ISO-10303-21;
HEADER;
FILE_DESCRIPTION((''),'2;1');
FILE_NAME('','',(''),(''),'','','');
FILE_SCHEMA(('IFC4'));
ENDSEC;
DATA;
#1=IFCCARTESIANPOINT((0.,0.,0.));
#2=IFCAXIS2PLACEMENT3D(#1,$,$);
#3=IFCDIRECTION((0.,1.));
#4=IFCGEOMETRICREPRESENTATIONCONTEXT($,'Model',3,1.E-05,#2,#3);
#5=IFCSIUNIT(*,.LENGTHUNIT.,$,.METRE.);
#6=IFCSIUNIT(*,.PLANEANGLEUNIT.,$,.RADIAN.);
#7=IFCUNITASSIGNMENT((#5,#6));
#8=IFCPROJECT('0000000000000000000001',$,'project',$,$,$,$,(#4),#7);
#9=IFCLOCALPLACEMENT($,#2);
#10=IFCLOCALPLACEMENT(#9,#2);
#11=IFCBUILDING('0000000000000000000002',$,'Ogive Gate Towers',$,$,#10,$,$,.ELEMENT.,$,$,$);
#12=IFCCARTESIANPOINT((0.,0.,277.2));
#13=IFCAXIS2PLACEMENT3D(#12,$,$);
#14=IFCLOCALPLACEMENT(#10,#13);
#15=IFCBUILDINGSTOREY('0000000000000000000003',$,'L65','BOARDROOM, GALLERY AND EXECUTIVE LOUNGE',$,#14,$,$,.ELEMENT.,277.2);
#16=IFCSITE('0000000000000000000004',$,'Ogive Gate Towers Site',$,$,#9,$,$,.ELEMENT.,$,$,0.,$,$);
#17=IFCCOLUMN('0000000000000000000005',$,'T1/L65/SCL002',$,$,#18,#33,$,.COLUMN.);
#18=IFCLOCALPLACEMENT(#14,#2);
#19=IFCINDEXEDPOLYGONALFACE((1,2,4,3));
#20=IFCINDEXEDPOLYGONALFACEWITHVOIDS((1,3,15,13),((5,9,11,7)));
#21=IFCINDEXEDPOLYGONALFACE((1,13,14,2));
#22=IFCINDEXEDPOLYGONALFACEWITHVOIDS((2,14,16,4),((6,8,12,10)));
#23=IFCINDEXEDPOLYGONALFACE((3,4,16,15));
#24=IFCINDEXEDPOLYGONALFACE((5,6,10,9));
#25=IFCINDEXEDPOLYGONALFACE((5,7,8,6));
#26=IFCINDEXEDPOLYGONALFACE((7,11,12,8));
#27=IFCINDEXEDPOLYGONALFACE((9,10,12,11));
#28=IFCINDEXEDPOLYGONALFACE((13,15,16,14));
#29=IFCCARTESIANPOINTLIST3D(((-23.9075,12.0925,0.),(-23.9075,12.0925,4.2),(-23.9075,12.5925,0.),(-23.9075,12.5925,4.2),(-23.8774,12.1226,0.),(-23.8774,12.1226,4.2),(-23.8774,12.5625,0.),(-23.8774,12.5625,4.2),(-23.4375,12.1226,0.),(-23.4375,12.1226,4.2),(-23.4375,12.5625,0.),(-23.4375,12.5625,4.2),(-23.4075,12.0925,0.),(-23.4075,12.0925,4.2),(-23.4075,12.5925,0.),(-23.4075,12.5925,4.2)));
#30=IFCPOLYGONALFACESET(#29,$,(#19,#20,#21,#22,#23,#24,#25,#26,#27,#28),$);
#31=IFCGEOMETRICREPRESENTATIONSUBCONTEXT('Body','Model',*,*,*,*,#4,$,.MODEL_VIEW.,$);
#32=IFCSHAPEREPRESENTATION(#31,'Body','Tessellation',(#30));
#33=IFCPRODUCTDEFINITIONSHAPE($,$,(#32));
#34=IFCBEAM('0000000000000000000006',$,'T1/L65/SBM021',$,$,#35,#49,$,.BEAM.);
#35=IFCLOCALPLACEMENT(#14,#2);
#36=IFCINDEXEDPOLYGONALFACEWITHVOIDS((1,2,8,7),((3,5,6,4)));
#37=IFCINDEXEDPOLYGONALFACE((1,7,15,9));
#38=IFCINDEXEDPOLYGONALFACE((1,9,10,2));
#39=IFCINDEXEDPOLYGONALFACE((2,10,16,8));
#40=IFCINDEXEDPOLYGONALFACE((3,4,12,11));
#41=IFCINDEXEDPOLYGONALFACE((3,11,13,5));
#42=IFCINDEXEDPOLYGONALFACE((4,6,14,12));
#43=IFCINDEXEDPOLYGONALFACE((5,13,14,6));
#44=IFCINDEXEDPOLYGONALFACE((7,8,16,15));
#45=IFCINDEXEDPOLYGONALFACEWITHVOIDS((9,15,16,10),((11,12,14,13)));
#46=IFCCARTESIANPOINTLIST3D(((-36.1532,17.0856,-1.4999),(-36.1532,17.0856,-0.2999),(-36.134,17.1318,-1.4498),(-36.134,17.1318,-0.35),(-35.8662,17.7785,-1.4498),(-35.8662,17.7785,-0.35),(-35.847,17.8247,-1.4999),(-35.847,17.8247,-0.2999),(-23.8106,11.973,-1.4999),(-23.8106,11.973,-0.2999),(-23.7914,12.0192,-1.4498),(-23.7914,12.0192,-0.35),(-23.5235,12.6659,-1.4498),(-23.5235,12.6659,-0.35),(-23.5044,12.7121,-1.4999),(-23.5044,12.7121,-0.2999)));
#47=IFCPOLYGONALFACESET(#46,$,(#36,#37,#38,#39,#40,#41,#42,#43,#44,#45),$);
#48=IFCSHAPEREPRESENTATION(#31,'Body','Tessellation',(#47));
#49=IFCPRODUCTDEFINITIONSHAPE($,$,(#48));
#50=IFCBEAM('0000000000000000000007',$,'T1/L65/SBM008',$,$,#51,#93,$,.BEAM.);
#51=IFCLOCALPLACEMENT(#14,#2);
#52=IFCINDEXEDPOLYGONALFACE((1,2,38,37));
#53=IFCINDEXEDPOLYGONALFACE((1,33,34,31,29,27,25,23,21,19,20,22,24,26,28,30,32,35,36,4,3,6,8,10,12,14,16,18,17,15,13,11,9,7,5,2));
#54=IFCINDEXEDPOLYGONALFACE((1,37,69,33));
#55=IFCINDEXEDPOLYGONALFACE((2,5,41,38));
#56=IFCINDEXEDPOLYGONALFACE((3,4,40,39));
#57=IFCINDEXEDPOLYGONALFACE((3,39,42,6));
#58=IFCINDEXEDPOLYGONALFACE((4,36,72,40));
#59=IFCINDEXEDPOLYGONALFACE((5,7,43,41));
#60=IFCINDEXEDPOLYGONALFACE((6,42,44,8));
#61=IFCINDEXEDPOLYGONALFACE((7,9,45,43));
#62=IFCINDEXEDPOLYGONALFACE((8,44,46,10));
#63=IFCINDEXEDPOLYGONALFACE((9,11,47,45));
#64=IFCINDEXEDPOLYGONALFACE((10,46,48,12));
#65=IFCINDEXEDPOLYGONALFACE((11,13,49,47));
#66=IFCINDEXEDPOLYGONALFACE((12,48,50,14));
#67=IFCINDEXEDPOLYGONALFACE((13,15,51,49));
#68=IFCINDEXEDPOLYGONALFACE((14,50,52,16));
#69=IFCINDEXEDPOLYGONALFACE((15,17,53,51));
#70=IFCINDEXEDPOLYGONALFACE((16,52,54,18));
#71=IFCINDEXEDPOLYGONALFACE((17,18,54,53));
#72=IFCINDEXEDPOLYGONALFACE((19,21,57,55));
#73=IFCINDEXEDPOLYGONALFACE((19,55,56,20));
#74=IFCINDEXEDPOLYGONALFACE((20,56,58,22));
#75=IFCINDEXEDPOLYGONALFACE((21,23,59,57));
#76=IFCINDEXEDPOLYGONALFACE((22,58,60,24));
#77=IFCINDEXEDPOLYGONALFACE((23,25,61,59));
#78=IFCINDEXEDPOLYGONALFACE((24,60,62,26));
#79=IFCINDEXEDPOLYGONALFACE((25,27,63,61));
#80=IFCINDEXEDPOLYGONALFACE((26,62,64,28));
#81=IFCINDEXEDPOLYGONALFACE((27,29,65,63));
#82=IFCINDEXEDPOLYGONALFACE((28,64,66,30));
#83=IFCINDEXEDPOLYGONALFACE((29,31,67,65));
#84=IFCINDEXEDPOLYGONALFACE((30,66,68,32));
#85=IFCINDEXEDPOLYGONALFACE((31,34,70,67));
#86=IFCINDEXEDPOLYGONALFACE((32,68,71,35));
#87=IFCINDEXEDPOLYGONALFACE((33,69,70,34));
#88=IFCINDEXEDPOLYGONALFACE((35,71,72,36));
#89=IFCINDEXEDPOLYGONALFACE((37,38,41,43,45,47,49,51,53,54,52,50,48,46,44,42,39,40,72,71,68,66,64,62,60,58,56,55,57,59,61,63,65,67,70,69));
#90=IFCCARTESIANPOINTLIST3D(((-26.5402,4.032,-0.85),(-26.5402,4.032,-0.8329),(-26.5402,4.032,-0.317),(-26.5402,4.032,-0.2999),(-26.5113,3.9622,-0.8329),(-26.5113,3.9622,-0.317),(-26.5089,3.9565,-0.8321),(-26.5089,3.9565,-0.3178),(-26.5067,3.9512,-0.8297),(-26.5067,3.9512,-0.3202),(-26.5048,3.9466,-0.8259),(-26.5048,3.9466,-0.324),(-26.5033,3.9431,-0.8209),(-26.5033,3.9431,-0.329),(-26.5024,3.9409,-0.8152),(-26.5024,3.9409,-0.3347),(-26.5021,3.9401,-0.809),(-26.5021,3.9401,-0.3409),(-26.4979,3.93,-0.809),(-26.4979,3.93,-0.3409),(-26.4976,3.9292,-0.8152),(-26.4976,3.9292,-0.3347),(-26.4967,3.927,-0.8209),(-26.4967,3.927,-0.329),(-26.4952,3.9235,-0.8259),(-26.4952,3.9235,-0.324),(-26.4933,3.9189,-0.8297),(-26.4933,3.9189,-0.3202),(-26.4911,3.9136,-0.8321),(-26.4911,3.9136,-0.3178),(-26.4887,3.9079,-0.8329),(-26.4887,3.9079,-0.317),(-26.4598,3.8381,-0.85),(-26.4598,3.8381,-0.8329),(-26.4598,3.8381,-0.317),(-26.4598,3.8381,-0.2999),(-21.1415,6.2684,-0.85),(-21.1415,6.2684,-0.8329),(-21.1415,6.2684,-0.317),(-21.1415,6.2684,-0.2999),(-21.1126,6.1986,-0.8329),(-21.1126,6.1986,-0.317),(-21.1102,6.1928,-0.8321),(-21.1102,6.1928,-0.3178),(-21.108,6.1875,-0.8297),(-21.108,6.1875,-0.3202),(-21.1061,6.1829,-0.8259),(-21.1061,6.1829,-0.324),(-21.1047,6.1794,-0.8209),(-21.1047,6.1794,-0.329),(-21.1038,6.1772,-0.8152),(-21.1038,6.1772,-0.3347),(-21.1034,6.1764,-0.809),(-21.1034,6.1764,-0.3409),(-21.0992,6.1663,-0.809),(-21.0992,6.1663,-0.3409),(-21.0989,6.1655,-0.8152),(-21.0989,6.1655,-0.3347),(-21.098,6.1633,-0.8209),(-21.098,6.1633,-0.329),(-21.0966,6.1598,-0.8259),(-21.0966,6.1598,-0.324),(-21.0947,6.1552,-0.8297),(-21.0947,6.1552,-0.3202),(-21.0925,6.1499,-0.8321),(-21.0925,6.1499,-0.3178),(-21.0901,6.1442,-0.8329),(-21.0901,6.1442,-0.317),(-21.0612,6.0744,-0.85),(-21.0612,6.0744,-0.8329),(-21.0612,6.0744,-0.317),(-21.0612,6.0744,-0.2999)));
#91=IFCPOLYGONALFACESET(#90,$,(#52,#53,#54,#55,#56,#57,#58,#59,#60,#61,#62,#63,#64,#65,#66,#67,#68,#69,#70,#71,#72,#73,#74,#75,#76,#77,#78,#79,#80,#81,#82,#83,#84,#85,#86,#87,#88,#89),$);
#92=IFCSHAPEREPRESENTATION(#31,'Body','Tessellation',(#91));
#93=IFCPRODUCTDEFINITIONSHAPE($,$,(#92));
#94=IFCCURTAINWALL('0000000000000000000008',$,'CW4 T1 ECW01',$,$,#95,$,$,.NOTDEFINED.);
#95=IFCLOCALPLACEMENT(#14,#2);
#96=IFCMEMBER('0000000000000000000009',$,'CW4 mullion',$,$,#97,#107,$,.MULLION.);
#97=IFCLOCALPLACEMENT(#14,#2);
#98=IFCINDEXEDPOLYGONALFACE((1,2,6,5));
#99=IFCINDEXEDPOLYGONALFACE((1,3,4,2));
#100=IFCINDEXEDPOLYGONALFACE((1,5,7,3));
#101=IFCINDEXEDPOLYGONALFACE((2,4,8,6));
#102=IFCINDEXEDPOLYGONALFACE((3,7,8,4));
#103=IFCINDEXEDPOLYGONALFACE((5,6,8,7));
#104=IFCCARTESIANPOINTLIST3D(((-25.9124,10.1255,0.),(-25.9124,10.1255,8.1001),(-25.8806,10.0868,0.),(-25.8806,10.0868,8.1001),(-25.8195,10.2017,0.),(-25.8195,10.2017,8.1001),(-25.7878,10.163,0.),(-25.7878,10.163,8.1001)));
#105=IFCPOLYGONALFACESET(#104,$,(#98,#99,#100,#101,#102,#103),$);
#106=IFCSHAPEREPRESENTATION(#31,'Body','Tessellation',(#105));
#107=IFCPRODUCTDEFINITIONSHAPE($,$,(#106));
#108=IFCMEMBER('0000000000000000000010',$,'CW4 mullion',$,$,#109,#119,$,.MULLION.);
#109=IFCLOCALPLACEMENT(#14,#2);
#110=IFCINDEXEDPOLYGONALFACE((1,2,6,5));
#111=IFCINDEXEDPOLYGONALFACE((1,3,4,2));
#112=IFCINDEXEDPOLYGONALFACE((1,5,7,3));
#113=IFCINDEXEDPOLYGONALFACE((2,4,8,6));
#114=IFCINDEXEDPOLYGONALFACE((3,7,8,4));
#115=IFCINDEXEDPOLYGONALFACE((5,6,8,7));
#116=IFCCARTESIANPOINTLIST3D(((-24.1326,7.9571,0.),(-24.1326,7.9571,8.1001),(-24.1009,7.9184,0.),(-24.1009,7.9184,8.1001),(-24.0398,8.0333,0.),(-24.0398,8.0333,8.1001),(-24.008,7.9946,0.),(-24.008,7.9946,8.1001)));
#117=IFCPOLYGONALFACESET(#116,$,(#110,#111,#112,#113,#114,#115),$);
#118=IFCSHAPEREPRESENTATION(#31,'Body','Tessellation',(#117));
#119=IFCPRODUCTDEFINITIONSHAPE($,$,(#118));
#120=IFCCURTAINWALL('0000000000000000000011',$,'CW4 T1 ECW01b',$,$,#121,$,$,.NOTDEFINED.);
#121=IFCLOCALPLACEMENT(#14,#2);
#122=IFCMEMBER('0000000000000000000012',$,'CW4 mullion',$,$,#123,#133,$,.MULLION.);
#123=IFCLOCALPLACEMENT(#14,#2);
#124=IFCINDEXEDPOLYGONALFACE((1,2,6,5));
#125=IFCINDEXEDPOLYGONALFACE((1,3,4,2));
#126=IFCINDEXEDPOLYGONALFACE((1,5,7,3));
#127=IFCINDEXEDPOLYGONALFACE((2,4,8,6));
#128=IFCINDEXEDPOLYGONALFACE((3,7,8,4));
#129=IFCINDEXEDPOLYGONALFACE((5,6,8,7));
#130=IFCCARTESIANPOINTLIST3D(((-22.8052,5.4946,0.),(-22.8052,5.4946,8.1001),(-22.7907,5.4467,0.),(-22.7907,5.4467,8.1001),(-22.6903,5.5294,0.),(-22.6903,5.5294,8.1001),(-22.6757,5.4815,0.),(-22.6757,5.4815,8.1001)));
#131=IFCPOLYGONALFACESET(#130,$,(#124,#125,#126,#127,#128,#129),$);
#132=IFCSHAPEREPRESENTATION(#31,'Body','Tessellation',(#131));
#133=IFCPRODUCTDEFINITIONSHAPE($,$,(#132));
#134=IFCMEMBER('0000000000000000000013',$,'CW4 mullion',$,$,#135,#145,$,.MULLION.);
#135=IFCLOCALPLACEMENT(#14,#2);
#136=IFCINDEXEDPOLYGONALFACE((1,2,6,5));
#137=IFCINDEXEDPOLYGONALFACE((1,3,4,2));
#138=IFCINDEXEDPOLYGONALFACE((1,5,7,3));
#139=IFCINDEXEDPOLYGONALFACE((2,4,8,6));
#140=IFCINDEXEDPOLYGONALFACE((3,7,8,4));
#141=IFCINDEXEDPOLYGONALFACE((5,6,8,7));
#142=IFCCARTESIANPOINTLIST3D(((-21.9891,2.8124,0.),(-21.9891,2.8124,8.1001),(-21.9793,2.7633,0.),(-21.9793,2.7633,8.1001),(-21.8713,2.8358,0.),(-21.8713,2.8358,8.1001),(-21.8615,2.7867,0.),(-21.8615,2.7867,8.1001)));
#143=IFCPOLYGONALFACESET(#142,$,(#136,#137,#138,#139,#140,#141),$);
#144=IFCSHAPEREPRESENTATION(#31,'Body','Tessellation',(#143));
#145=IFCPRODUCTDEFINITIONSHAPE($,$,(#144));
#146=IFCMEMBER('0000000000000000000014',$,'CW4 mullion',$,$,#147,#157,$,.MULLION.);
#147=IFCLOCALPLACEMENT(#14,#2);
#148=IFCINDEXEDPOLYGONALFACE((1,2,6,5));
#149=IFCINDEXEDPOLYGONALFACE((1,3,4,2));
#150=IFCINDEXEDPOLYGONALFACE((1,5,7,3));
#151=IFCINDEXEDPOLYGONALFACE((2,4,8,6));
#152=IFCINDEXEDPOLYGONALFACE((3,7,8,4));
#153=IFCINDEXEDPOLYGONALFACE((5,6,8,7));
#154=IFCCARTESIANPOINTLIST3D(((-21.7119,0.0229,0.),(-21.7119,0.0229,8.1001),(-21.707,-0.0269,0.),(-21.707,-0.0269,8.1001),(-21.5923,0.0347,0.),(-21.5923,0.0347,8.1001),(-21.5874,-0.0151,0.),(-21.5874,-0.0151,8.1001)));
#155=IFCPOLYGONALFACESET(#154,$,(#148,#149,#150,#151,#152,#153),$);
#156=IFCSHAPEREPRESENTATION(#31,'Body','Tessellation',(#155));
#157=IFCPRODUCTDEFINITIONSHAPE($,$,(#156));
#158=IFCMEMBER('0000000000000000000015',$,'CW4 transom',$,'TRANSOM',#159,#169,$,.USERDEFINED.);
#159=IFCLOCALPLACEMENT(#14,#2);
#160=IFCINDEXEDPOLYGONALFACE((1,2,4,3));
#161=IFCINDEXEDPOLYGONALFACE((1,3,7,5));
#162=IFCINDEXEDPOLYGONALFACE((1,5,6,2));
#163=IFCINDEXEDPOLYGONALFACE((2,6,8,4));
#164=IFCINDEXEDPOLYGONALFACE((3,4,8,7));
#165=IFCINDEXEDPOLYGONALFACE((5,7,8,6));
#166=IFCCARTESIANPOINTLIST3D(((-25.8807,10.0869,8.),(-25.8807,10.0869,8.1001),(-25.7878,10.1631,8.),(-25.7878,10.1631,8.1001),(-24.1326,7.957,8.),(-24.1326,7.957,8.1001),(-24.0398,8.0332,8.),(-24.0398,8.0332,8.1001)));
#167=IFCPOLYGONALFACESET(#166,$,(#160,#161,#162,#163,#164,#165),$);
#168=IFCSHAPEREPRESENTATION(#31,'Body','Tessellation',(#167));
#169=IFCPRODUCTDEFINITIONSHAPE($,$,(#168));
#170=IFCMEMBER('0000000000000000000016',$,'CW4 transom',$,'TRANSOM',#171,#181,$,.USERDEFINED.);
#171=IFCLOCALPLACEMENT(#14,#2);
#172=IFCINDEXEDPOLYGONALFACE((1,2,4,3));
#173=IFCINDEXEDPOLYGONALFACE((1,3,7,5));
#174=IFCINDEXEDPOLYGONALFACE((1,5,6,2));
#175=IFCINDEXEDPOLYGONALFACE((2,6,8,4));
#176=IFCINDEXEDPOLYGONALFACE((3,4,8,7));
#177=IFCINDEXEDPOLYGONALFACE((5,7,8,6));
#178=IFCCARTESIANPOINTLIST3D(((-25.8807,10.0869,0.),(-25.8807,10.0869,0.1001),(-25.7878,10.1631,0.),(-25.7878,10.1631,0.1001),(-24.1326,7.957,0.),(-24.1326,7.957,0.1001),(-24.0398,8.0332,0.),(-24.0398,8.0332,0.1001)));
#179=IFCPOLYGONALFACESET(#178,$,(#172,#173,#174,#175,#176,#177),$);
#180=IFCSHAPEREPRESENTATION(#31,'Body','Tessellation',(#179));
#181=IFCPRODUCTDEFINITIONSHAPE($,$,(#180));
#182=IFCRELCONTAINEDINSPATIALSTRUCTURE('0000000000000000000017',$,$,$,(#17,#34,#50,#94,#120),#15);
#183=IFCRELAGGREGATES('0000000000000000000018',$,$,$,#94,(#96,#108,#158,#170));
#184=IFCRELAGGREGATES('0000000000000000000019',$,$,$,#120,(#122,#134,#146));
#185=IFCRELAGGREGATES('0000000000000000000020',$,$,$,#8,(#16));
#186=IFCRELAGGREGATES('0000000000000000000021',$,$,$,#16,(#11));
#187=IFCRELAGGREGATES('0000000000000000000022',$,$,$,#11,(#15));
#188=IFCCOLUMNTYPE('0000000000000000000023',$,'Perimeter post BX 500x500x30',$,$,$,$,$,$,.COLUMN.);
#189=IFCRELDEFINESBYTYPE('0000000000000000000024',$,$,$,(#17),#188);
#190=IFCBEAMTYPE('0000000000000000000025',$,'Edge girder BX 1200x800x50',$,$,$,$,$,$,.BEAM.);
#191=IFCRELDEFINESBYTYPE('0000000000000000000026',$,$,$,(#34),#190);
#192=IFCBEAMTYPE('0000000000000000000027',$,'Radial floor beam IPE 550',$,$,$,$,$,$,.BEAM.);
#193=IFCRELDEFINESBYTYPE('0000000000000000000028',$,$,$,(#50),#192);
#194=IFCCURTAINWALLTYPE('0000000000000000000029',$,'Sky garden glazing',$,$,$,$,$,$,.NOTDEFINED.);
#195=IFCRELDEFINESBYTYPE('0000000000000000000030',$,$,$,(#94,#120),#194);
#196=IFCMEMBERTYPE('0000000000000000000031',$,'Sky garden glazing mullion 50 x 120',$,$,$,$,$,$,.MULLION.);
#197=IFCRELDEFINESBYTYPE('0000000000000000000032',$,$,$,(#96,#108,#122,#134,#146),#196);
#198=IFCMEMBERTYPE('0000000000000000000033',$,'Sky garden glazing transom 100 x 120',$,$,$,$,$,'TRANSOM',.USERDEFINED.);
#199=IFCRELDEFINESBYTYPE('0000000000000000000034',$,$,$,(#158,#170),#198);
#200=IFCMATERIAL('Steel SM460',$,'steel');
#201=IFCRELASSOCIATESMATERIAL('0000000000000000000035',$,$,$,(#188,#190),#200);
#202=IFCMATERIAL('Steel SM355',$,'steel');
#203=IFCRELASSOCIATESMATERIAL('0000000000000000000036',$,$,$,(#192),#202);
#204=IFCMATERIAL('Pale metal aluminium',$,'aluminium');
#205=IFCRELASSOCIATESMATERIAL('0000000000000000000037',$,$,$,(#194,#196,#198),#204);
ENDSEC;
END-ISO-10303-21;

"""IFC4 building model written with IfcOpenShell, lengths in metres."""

from ifc_helpers import new_model, si_unit, direction, frame, origin, origin_2d, place, context, subcontext, project, spatial, rectangle, hollow_rectangle, i_section, extrude, material, material_profile, profile_set, type_object, element, aggregate, save


model = new_model("IFC4")

# Units and contexts
model_context = context("Model", 3, precision=1e-05, world=origin(), true_north=direction((0.0, 1.0)))
body_context = subcontext(model_context, "Body", "Model", "MODEL_VIEW")
ifc_project = project(units=[si_unit("LENGTHUNIT", "METRE"), si_unit("PLANEANGLEUNIT", "RADIAN")], contexts=[model_context])

# Site, building, storey
site_placement = place(None, origin())
site = spatial("IfcSite", under=ifc_project, at=site_placement, Name="Ogive Gate Towers Site", CompositionType="ELEMENT", RefElevation=0.0)
building_placement = place(site_placement, origin())
building = spatial("IfcBuilding", under=site, at=building_placement, Name="Ogive Gate Towers", CompositionType="ELEMENT")
storey_placement = place(building_placement, frame((0.0, 0.0, 277.2)))
storey = spatial("IfcBuildingStorey", under=building, at=storey_placement, Name="L65", Description="BOARDROOM, GALLERY AND EXECUTIVE LOUNGE", CompositionType="ELEMENT", Elevation=277.2)

# Column
ifc_material_1 = material(Name="Steel SM460", Category="steel")
ifc_material_profile_1 = material_profile(ifc_material_1, hollow_rectangle(XDim=0.5, YDim=0.5, WallThickness=0.03, at=origin_2d()), Name="BX 500x500x30")
ifc_profile_set_1 = profile_set([ifc_material_profile_1], Name="Steel SM460")
column_type = type_object("IfcColumnType", Name="Perimeter post BX 500x500x30", PredefinedType="COLUMN", material=ifc_profile_set_1)
column_placement = place(storey_placement, frame((-23.6575, 12.3425, 0.0), z_axis=(0.0, 0.0, 1.0), x_axis=(1.0, 0.0, 0.0)))
element("IfcColumn", 1, at=column_placement, inside=storey, type_object=column_type, Name="T1/L65/SCL002", PredefinedType="COLUMN", context=body_context, shape_type="SweptSolid", body=[
    extrude(hollow_rectangle(XDim=0.5, YDim=0.5, WallThickness=0.03, at=origin_2d()), origin(), (0.0, 0.0, 1.0), 4.2),
])

# Beams
ifc_material_profile_2 = material_profile(ifc_material_1, hollow_rectangle(XDim=0.8, YDim=1.2, WallThickness=0.05, at=origin_2d()), Name="BX 1200x800x50")
ifc_profile_set_2 = profile_set([ifc_material_profile_2], Name="Steel SM460")
beam_type_1 = type_object("IfcBeamType", Name="Edge girder BX 1200x800x50", PredefinedType="BEAM", material=ifc_profile_set_2)
beam_1_placement = place(storey_placement, frame((-23.6575, 12.3425, -0.8999), z_axis=(-0.923877, 0.38269, 0.0), x_axis=(-0.38269, -0.923877, 0.0)))
element("IfcBeam", 2, at=beam_1_placement, inside=storey, type_object=beam_type_1, Name="T1/L65/SBM021", PredefinedType="BEAM", context=body_context, shape_type="SweptSolid", body=[
    extrude(hollow_rectangle(XDim=0.8, YDim=1.2, WallThickness=0.05, at=origin_2d()), origin(), (0.0, 0.0, 1.0), 13.3596),
])
ifc_material_2 = material(Name="Steel SM355", Category="steel")
ifc_material_profile_3 = material_profile(ifc_material_2, i_section(OverallWidth=0.21, OverallDepth=0.55, WebThickness=0.011, FlangeThickness=0.0171, FilletRadius=0.0239, at=origin_2d()), Name="IPE 550")
ifc_profile_set_3 = profile_set([ifc_material_profile_3], Name="Steel SM355")
beam_type_2 = type_object("IfcBeamType", Name="Radial floor beam IPE 550", PredefinedType="BEAM", material=ifc_profile_set_3)
beam_2_placement = place(storey_placement, frame((-26.5, 3.9351, -0.575), z_axis=(0.923872, 0.382701, 0.0), x_axis=(-0.382701, 0.923872, 0.0)))
element("IfcBeam", 3, at=beam_2_placement, inside=storey, type_object=beam_type_2, Name="T1/L65/SBM008", PredefinedType="BEAM", context=body_context, shape_type="SweptSolid", body=[
    extrude(i_section(OverallWidth=0.21, OverallDepth=0.55, WebThickness=0.011, FlangeThickness=0.0171, FilletRadius=0.0239, at=origin_2d()), origin(), (0.0, 0.0, 1.0), 5.8435),
])

# Curtain walls, members
ifc_material_3 = material(Name="Pale metal aluminium", Category="aluminium")
curtain_wall_type_1 = type_object("IfcCurtainWallType", Name="Sky garden glazing", PredefinedType="NOTDEFINED", material=ifc_material_3)
curtain_wall_1_placement = place(storey_placement, origin())
curtain_wall_1 = element("IfcCurtainWall", 4, at=curtain_wall_1_placement, inside=storey, type_object=curtain_wall_type_1, Name="CW4 T1 ECW01", PredefinedType="NOTDEFINED")
ifc_material_profile_4 = material_profile(ifc_material_3, rectangle(XDim=0.1201, YDim=0.05, at=origin_2d()), Name="50 x 120 aluminium box")
ifc_profile_set_4 = profile_set([ifc_material_profile_4], Name="Pale metal aluminium")
member_type_1 = type_object("IfcMemberType", Name="Sky garden glazing mullion 50 x 120", PredefinedType="MULLION", material=ifc_profile_set_4)
member_1_placement = place(storey_placement, frame((-25.8501, 10.1443, 0.0), z_axis=(0.0, 0.0, 1.0), x_axis=(-0.772999, -0.634407, 0.0)))
member_1 = element("IfcMember", 5, at=member_1_placement, type_object=member_type_1, Name="CW4 mullion", PredefinedType="MULLION", context=body_context, shape_type="SweptSolid", body=[
    extrude(rectangle(XDim=0.1201, YDim=0.05, at=origin_2d()), origin(), (0.0, 0.0, 1.0), 8.1001),
])
member_2_placement = place(storey_placement, frame((-24.0703, 7.9758, 0.0), z_axis=(0.0, 0.0, 1.0), x_axis=(-0.772999, -0.634407, 0.0)))
member_2 = element("IfcMember", 6, at=member_2_placement, type_object=member_type_1, Name="CW4 mullion", PredefinedType="MULLION", context=body_context, shape_type="SweptSolid", body=[
    extrude(rectangle(XDim=0.1201, YDim=0.05, at=origin_2d()), origin(), (0.0, 0.0, 1.0), 8.1001),
])
curtain_wall_2_placement = place(storey_placement, origin())
curtain_wall_2 = element("IfcCurtainWall", 7, at=curtain_wall_2_placement, inside=storey, type_object=curtain_wall_type_1, Name="CW4 T1 ECW01b", PredefinedType="NOTDEFINED")
member_3_placement = place(storey_placement, frame((-22.7405, 5.488, 0.0), z_axis=(0.0, 0.0, 1.0), x_axis=(-0.956945, -0.290268, 0.0)))
member_3 = element("IfcMember", 8, at=member_3_placement, type_object=member_type_1, Name="CW4 mullion", PredefinedType="MULLION", context=body_context, shape_type="SweptSolid", body=[
    extrude(rectangle(XDim=0.1201, YDim=0.05, at=origin_2d()), origin(), (0.0, 0.0, 1.0), 8.1001),
])
member_4_placement = place(storey_placement, frame((-21.9253, 2.7996, 0.0), z_axis=(0.0, 0.0, 1.0), x_axis=(-0.980785, -0.19509, 0.0)))
member_4 = element("IfcMember", 9, at=member_4_placement, type_object=member_type_1, Name="CW4 mullion", PredefinedType="MULLION", context=body_context, shape_type="SweptSolid", body=[
    extrude(rectangle(XDim=0.1201, YDim=0.05, at=origin_2d()), origin(), (0.0, 0.0, 1.0), 8.1001),
])
member_5_placement = place(storey_placement, frame((-21.6497, 0.0039, 0.0), z_axis=(0.0, 0.0, 1.0), x_axis=(-0.995183, -0.098035, 0.0)))
member_5 = element("IfcMember", 10, at=member_5_placement, type_object=member_type_1, Name="CW4 mullion", PredefinedType="MULLION", context=body_context, shape_type="SweptSolid", body=[
    extrude(rectangle(XDim=0.1201, YDim=0.05, at=origin_2d()), origin(), (0.0, 0.0, 1.0), 8.1001),
])

# Members
ifc_material_profile_5 = material_profile(ifc_material_3, rectangle(XDim=0.1201, YDim=0.1001, at=origin_2d()), Name="100 x 120 aluminium box")
ifc_profile_set_5 = profile_set([ifc_material_profile_5], Name="Pale metal aluminium")
member_type_2 = type_object("IfcMemberType", Name="Sky garden glazing transom 100 x 120", ElementType="TRANSOM", PredefinedType="USERDEFINED", material=ifc_profile_set_5)
member_6_placement = place(storey_placement, frame((-25.8342, 10.125, 8.05), z_axis=(0.634414, -0.772993, 0.0), x_axis=(0.772993, 0.634414, 0.0)))
member_6 = element("IfcMember", 11, at=member_6_placement, type_object=member_type_2, Name="CW4 transom", ObjectType="TRANSOM", PredefinedType="USERDEFINED", context=body_context, shape_type="SweptSolid", body=[
    extrude(rectangle(XDim=0.1201, YDim=0.1001, at=origin_2d()), origin(), (0.0, 0.0, 1.0), 2.7554),
])
member_7_placement = place(storey_placement, frame((-25.8342, 10.125, 0.05), z_axis=(0.634414, -0.772993, 0.0), x_axis=(0.772993, 0.634414, 0.0)))
member_7 = element("IfcMember", 12, at=member_7_placement, type_object=member_type_2, Name="CW4 transom", ObjectType="TRANSOM", PredefinedType="USERDEFINED", context=body_context, shape_type="SweptSolid", body=[
    extrude(rectangle(XDim=0.1201, YDim=0.1001, at=origin_2d()), origin(), (0.0, 0.0, 1.0), 2.7554),
])

aggregate(curtain_wall_1, [member_1, member_2, member_6, member_7])
aggregate(curtain_wall_2, [member_3, member_4, member_5])

save(model, "model.ifc")
